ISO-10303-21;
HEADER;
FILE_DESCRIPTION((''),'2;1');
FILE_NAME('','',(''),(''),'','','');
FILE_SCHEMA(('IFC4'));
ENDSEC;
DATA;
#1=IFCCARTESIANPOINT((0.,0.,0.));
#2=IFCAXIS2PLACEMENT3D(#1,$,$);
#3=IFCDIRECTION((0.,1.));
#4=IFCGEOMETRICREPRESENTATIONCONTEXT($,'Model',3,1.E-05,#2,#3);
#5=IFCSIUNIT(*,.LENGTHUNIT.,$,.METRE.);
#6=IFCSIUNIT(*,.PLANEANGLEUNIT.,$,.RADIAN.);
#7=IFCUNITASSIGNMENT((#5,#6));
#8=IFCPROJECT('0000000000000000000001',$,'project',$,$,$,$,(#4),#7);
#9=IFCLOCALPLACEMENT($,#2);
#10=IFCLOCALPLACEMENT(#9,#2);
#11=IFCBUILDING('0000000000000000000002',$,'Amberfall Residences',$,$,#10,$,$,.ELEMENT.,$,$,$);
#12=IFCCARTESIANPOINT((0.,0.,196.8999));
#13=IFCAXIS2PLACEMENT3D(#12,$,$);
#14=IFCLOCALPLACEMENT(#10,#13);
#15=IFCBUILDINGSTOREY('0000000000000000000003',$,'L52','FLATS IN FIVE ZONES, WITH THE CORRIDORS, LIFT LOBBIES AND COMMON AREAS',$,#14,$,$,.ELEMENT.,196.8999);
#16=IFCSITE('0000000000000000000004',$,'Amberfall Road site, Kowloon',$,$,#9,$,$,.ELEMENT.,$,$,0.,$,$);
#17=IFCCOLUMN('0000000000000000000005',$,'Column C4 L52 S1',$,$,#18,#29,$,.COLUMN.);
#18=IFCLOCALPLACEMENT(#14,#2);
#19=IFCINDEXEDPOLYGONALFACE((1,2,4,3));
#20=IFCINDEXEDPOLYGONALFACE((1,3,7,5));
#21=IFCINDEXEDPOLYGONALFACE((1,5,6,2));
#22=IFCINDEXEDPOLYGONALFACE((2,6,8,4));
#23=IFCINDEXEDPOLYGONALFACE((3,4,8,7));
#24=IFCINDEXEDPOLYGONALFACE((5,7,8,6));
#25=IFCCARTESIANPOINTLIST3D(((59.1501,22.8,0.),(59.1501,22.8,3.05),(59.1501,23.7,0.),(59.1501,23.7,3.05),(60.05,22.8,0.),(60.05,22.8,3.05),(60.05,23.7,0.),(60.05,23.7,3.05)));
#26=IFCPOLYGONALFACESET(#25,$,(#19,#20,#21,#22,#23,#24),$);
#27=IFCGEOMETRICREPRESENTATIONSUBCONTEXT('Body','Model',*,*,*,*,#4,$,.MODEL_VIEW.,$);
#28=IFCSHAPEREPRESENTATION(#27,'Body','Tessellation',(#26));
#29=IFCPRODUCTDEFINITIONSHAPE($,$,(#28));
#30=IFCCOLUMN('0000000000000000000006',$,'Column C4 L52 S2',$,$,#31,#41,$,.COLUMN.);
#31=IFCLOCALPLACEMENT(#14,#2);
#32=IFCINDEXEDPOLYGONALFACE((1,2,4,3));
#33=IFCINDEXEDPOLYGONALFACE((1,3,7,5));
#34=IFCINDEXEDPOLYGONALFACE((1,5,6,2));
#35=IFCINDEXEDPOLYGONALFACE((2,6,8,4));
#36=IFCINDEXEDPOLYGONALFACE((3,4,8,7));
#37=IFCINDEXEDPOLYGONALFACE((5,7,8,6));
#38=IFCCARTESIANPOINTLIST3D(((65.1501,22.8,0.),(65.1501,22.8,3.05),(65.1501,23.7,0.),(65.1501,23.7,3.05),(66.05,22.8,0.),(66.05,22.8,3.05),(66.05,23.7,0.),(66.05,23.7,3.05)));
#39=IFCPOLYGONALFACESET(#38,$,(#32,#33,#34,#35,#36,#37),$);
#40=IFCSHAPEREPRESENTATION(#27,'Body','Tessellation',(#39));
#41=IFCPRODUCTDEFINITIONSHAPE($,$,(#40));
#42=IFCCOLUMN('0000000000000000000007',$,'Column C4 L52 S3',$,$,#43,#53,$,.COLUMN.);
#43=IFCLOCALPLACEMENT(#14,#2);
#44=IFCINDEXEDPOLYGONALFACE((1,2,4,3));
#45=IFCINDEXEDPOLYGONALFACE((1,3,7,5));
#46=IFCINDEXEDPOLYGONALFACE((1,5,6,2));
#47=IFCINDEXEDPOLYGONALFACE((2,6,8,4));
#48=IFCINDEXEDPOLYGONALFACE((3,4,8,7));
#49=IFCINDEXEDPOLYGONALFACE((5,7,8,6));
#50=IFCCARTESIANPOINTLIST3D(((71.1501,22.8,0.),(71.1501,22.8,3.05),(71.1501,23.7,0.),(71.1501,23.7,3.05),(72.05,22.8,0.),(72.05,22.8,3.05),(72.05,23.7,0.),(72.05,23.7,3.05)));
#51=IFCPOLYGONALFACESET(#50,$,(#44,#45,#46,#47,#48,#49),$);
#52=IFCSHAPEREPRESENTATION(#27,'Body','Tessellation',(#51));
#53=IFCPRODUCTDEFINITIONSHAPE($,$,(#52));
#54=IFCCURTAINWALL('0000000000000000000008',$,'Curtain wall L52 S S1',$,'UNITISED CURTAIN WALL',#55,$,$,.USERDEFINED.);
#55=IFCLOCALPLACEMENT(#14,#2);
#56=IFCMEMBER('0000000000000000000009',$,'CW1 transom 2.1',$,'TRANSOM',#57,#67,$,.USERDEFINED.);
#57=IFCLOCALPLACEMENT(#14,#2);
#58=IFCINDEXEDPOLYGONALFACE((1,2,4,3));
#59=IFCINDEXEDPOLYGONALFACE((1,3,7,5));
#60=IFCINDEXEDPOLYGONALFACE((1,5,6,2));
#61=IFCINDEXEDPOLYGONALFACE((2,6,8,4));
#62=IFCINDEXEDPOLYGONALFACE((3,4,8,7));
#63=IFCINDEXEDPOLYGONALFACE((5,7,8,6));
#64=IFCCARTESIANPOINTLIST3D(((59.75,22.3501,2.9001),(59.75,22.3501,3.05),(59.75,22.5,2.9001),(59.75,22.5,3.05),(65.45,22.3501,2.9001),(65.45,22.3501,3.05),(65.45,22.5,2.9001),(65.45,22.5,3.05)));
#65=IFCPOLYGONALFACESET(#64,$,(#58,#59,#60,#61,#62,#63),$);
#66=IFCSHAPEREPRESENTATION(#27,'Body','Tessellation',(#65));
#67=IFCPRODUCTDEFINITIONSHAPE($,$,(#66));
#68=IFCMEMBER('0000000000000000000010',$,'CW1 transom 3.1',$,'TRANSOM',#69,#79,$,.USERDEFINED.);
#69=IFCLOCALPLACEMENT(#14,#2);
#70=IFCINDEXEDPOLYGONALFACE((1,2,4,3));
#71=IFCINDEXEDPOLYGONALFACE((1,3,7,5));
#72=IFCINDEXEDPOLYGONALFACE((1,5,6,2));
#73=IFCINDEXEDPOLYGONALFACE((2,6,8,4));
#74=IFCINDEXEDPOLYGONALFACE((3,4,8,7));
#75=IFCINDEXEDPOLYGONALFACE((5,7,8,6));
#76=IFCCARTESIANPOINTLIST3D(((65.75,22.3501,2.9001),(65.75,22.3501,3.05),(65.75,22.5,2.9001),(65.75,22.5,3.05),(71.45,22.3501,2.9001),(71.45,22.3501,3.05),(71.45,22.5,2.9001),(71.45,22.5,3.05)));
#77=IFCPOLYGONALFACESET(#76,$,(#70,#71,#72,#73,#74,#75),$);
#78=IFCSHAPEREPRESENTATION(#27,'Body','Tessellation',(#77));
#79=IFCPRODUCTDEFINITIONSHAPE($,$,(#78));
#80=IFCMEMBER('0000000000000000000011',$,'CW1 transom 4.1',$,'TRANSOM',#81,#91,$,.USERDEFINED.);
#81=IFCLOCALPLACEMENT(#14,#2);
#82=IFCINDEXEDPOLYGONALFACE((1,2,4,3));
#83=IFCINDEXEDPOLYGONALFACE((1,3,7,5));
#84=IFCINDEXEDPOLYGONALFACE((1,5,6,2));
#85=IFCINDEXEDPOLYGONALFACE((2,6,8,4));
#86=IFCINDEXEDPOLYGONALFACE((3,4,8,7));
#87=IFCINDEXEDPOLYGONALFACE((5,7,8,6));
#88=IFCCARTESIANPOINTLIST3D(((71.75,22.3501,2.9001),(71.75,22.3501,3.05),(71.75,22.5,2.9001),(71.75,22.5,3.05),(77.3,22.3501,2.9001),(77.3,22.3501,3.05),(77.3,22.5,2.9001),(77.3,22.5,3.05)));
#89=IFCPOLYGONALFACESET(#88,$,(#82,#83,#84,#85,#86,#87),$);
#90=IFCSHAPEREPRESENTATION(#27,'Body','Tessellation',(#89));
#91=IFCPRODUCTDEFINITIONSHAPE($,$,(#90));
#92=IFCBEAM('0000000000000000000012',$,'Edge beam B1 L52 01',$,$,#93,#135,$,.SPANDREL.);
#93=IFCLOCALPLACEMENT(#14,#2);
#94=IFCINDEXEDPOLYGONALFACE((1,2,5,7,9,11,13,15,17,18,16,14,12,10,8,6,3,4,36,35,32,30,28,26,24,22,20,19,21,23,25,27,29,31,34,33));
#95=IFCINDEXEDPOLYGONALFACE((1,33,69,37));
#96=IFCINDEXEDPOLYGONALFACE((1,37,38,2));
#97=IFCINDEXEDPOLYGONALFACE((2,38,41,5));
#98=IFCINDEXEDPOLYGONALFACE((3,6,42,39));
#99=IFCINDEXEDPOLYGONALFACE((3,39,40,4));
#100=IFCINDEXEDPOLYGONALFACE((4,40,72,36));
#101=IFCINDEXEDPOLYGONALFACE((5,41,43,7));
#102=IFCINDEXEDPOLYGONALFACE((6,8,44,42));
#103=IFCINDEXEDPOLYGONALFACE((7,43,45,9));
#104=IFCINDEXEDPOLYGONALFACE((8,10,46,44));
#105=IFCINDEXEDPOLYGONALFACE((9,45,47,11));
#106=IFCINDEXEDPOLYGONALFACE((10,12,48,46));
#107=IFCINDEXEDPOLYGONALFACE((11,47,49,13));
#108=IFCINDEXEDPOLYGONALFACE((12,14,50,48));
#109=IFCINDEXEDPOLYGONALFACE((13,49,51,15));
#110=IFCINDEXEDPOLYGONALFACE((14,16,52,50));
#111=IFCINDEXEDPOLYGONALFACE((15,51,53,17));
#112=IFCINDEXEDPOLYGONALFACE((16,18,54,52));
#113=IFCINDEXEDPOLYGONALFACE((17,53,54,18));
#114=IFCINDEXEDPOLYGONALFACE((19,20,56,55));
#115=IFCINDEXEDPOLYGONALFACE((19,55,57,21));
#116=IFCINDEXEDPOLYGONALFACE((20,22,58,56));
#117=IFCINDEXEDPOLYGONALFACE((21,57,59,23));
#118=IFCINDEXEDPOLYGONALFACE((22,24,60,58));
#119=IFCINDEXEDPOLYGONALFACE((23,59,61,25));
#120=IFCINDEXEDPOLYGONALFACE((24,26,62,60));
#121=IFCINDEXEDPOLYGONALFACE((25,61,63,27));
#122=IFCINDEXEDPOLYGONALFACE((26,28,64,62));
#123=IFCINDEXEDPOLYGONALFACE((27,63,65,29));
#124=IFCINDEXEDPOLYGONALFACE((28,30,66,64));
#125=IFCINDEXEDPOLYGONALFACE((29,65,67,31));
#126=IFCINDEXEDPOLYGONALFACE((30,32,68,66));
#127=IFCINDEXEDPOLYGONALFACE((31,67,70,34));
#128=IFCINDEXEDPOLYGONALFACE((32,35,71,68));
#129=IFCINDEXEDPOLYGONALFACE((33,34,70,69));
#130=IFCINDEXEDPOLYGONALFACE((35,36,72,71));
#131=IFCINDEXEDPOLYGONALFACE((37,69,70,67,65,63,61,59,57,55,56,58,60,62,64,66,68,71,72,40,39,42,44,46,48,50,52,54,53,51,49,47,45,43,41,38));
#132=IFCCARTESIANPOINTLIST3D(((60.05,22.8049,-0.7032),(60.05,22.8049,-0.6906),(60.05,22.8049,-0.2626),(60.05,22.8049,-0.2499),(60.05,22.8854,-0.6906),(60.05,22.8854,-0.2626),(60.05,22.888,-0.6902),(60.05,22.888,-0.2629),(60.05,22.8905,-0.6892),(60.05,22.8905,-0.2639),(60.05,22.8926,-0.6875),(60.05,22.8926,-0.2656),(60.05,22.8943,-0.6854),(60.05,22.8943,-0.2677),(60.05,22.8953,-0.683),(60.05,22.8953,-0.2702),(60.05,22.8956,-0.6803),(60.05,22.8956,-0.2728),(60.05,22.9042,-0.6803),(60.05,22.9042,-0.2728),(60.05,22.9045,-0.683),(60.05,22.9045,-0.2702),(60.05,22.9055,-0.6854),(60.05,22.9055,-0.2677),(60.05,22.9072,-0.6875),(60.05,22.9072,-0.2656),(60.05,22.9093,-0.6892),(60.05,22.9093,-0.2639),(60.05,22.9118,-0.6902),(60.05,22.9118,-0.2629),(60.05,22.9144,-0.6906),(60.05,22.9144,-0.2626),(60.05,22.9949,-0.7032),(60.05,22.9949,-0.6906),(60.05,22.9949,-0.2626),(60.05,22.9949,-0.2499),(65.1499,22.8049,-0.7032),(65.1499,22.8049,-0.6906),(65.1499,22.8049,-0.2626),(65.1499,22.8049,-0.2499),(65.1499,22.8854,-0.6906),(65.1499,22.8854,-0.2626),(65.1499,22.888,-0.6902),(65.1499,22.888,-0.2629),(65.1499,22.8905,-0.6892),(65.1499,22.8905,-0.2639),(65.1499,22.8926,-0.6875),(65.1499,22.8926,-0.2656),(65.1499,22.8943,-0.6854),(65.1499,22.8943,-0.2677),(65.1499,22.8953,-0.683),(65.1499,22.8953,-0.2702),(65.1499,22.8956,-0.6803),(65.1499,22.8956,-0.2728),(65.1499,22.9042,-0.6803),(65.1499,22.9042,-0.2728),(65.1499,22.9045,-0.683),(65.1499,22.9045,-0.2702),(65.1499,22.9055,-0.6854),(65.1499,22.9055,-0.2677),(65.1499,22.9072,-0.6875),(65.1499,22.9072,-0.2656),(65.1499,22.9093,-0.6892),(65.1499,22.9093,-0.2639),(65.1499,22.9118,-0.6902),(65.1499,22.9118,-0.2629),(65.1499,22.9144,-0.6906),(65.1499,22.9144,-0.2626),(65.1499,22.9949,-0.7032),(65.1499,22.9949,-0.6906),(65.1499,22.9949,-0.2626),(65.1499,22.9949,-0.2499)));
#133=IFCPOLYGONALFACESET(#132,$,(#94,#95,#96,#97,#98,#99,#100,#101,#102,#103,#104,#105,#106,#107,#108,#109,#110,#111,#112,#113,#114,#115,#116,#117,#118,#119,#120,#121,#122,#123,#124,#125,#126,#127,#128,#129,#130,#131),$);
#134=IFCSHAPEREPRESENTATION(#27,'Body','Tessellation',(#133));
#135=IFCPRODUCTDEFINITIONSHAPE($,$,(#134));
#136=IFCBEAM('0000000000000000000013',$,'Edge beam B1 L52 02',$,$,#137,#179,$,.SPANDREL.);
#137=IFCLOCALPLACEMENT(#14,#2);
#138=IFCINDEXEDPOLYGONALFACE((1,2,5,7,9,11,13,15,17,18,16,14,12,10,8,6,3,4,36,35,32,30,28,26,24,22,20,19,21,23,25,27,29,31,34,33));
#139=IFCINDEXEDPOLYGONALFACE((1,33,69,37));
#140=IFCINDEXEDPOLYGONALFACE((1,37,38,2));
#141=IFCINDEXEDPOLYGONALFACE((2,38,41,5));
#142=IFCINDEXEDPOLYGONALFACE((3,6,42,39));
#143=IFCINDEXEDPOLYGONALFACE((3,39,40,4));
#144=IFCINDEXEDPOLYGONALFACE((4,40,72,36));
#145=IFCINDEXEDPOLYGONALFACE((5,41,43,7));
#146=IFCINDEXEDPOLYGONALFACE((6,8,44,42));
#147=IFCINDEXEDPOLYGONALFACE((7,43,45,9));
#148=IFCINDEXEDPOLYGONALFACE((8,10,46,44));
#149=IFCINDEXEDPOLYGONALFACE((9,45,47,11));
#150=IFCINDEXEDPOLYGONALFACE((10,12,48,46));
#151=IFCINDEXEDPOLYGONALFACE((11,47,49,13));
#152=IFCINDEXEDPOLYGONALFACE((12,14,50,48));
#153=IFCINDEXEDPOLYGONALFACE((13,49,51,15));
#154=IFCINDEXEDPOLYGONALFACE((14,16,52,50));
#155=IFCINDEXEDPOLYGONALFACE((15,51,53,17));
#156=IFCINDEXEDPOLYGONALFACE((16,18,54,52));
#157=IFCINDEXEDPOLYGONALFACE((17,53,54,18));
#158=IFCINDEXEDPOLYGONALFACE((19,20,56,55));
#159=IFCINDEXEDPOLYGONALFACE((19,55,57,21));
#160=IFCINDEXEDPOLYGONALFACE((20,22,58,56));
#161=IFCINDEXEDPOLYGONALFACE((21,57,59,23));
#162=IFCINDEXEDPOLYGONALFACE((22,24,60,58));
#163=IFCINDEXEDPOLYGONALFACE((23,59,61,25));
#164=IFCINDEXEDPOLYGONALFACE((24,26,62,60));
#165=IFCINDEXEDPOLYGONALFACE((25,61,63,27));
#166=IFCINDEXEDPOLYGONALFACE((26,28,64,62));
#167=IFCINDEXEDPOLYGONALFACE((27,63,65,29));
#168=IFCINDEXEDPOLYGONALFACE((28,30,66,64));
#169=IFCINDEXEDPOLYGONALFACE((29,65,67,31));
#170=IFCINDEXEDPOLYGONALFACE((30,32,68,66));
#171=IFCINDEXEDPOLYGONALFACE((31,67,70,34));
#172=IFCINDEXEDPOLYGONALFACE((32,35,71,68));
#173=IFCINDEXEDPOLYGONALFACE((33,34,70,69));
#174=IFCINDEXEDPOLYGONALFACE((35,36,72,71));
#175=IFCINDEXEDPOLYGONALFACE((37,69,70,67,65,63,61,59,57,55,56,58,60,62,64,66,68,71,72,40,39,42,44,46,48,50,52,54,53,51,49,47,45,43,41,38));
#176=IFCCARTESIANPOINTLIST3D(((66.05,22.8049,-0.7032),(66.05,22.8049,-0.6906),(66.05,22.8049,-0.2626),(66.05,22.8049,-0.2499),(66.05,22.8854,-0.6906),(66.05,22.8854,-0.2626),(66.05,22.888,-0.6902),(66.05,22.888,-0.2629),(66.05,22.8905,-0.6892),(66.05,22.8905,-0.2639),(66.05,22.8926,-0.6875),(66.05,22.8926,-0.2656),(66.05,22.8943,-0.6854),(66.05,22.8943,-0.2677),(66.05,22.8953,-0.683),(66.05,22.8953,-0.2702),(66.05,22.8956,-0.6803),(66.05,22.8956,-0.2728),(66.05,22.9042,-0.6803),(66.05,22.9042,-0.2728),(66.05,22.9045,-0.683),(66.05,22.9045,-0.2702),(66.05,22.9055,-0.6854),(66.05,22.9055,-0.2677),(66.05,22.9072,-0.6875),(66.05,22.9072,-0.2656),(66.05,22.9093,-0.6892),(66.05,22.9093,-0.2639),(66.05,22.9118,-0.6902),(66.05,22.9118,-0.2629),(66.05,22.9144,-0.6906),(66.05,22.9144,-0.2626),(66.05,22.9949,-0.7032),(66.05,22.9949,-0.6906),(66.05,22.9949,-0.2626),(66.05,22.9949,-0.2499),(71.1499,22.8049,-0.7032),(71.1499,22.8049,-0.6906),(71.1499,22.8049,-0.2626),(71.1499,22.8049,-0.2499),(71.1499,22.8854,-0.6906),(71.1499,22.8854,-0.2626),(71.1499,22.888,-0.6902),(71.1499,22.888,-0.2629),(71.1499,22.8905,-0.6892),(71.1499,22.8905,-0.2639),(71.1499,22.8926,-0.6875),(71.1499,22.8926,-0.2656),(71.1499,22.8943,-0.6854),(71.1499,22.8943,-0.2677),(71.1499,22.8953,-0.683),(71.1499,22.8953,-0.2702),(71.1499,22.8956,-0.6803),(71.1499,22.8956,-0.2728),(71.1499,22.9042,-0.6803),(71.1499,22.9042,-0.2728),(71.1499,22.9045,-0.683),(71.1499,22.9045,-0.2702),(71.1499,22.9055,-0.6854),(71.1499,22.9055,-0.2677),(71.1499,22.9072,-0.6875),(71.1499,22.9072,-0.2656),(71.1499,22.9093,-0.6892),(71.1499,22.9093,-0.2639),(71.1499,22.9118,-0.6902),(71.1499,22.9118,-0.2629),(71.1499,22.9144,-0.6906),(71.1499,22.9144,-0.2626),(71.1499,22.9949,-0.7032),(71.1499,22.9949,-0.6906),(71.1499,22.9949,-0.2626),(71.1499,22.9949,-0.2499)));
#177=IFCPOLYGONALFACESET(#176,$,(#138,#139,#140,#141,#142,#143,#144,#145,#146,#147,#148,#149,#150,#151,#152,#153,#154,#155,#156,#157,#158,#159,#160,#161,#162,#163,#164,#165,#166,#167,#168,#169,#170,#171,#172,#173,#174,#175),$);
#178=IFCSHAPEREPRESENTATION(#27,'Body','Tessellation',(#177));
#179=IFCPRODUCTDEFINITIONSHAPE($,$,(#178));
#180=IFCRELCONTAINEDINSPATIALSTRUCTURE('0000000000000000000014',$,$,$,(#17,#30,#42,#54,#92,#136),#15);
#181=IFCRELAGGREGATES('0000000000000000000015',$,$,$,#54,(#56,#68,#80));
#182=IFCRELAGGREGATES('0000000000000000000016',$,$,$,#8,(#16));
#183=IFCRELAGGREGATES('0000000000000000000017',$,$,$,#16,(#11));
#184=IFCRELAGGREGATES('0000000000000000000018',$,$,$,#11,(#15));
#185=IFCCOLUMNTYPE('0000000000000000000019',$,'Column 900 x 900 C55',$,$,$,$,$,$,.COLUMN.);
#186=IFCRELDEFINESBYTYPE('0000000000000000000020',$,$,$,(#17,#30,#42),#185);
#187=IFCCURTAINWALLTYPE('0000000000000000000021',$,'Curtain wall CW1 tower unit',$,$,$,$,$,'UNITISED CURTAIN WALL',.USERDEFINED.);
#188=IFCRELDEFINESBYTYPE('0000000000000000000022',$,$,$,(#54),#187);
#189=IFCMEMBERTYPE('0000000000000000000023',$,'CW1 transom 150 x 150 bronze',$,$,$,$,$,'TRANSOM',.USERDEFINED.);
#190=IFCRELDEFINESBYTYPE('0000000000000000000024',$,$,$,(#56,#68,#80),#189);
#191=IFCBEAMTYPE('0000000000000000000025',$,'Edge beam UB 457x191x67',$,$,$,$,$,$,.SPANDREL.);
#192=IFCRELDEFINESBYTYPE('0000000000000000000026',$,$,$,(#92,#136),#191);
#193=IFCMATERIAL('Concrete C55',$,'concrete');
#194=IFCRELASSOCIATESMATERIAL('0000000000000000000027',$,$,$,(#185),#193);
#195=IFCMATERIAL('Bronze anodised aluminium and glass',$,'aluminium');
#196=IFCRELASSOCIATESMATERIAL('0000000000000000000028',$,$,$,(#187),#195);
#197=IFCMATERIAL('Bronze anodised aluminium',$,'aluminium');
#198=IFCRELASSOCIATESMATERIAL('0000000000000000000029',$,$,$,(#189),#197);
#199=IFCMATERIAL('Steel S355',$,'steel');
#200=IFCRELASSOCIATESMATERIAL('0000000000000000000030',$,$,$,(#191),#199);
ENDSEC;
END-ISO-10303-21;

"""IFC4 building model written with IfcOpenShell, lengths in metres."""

from ifc_helpers import new_model, si_unit, direction, frame, origin, origin_2d, place, context, subcontext, project, spatial, rectangle, i_section, extrude, material, material_profile, profile_set, type_object, element, aggregate, save


model = new_model("IFC4")

# Units and contexts
model_context = context("Model", 3, precision=1e-05, world=origin(), true_north=direction((0.0, 1.0)))
body_context = subcontext(model_context, "Body", "Model", "MODEL_VIEW")
ifc_project = project(units=[si_unit("LENGTHUNIT", "METRE"), si_unit("PLANEANGLEUNIT", "RADIAN")], contexts=[model_context])

# Site, building, storey
site_placement = place(None, origin())
site = spatial("IfcSite", under=ifc_project, at=site_placement, Name="Amberfall Road site, Kowloon", CompositionType="ELEMENT", RefElevation=0.0)
building_placement = place(site_placement, origin())
building = spatial("IfcBuilding", under=site, at=building_placement, Name="Amberfall Residences", CompositionType="ELEMENT")
storey_placement = place(building_placement, frame((0.0, 0.0, 196.8999)))
storey = spatial("IfcBuildingStorey", under=building, at=storey_placement, Name="L52", Description="FLATS IN FIVE ZONES, WITH THE CORRIDORS, LIFT LOBBIES AND COMMON AREAS", CompositionType="ELEMENT", Elevation=196.8999)

# Columns
ifc_material_1 = material(Name="Concrete C55", Category="concrete")
ifc_material_profile_1 = material_profile(ifc_material_1, rectangle(XDim=0.8999, YDim=0.8999, at=origin_2d()), Name="Column 900 x 900 C55")
ifc_profile_set_1 = profile_set([ifc_material_profile_1], Name="Concrete C55")
column_type = type_object("IfcColumnType", Name="Column 900 x 900 C55", PredefinedType="COLUMN", material=ifc_profile_set_1)
for number, where, z_axis, x_axis, name in (
    (1, (59.6001, 23.25, 0.0), (0.0, 0.0, 1.0), (1.0, 0.0, 0.0), "Column C4 L52 S1"),
    (2, (65.6001, 23.25, 0.0), (0.0, 0.0, 1.0), (1.0, 0.0, 0.0), "Column C4 L52 S2"),
    (3, (71.6001, 23.25, 0.0), (0.0, 0.0, 1.0), (1.0, 0.0, 0.0), "Column C4 L52 S3"),
):
    element("IfcColumn", number, at=place(storey_placement, frame(where, z_axis=z_axis, x_axis=x_axis)), inside=storey, type_object=column_type, Name=name, PredefinedType="COLUMN", context=body_context, shape_type="SweptSolid", body=[
        extrude(rectangle(XDim=0.8999, YDim=0.8999, at=origin_2d()), origin(), (0.0, 0.0, 1.0), 3.05),
    ])

# Curtain wall, members
ifc_material_2 = material(Name="Bronze anodised aluminium and glass", Category="aluminium")
curtain_wall_type = type_object("IfcCurtainWallType", Name="Curtain wall CW1 tower unit", ElementType="UNITISED CURTAIN WALL", PredefinedType="USERDEFINED", material=ifc_material_2)
curtain_wall_placement = place(storey_placement, origin())
curtain_wall = element("IfcCurtainWall", 4, at=curtain_wall_placement, inside=storey, type_object=curtain_wall_type, Name="Curtain wall L52 S S1", ObjectType="UNITISED CURTAIN WALL", PredefinedType="USERDEFINED")
ifc_material_3 = material(Name="Bronze anodised aluminium", Category="aluminium")
ifc_material_profile_2 = material_profile(ifc_material_3, rectangle(XDim=0.1499, YDim=0.1499, at=origin_2d()), Name="CW1 transom 150 x 150 bronze")
ifc_profile_set_2 = profile_set([ifc_material_profile_2], Name="Bronze anodised aluminium")
member_type_1 = type_object("IfcMemberType", Name="CW1 transom 150 x 150 bronze", ElementType="TRANSOM", PredefinedType="USERDEFINED", material=ifc_profile_set_2)
member_1_placement = place(storey_placement, frame((59.75, 22.425, 2.9751), z_axis=(1.0, 0.0, 0.0), x_axis=(0.0, 1.0, 0.0)))
member_1 = element("IfcMember", 5, at=member_1_placement, type_object=member_type_1, Name="CW1 transom 2.1", ObjectType="TRANSOM", PredefinedType="USERDEFINED", context=body_context, shape_type="SweptSolid", body=[
    extrude(rectangle(XDim=0.1499, YDim=0.1499, at=origin_2d()), origin(), (0.0, 0.0, 1.0), 5.7),
])
member_2_placement = place(storey_placement, frame((65.75, 22.425, 2.9751), z_axis=(1.0, 0.0, 0.0), x_axis=(0.0, 1.0, 0.0)))
member_2 = element("IfcMember", 6, at=member_2_placement, type_object=member_type_1, Name="CW1 transom 3.1", ObjectType="TRANSOM", PredefinedType="USERDEFINED", context=body_context, shape_type="SweptSolid", body=[
    extrude(rectangle(XDim=0.1499, YDim=0.1499, at=origin_2d()), origin(), (0.0, 0.0, 1.0), 5.7),
])
member_3_placement = place(storey_placement, frame((71.75, 22.425, 2.9751), z_axis=(1.0, 0.0, 0.0), x_axis=(0.0, 1.0, 0.0)))
member_3 = element("IfcMember", 7, at=member_3_placement, type_object=member_type_1, Name="CW1 transom 4.1", ObjectType="TRANSOM", PredefinedType="USERDEFINED", context=body_context, shape_type="SweptSolid", body=[
    extrude(rectangle(XDim=0.1499, YDim=0.1499, at=origin_2d()), origin(), (0.0, 0.0, 1.0), 5.55),
])

# Beams
ifc_material_4 = material(Name="Steel S355", Category="steel")
ifc_material_profile_3 = material_profile(ifc_material_4, i_section(OverallWidth=0.1899, OverallDepth=0.4534, WebThickness=0.0085, FlangeThickness=0.0127, FilletRadius=0.0103, at=origin_2d()), Name="UB 457x191x67")
ifc_profile_set_3 = profile_set([ifc_material_profile_3], Name="Steel S355")
beam_type_1 = type_object("IfcBeamType", Name="Edge beam UB 457x191x67", PredefinedType="SPANDREL", material=ifc_profile_set_3)
for number, where, z_axis, x_axis, name in (
    (8, (60.05, 22.8999, -0.4766), (1.0, 0.0, 0.0), (0.0, 1.0, 0.0), "Edge beam B1 L52 01"),
    (9, (66.05, 22.8999, -0.4766), (1.0, 0.0, 0.0), (0.0, 1.0, 0.0), "Edge beam B1 L52 02"),
):
    element("IfcBeam", number, at=place(storey_placement, frame(where, z_axis=z_axis, x_axis=x_axis)), inside=storey, type_object=beam_type_1, Name=name, PredefinedType="SPANDREL", context=body_context, shape_type="SweptSolid", body=[
        extrude(i_section(OverallWidth=0.1899, OverallDepth=0.4534, WebThickness=0.0085, FlangeThickness=0.0127, FilletRadius=0.0103, at=origin_2d()), origin(), (0.0, 0.0, 1.0), 5.0999),
    ])

aggregate(curtain_wall, [member_1, member_2, member_3])

save(model, "model.ifc")
